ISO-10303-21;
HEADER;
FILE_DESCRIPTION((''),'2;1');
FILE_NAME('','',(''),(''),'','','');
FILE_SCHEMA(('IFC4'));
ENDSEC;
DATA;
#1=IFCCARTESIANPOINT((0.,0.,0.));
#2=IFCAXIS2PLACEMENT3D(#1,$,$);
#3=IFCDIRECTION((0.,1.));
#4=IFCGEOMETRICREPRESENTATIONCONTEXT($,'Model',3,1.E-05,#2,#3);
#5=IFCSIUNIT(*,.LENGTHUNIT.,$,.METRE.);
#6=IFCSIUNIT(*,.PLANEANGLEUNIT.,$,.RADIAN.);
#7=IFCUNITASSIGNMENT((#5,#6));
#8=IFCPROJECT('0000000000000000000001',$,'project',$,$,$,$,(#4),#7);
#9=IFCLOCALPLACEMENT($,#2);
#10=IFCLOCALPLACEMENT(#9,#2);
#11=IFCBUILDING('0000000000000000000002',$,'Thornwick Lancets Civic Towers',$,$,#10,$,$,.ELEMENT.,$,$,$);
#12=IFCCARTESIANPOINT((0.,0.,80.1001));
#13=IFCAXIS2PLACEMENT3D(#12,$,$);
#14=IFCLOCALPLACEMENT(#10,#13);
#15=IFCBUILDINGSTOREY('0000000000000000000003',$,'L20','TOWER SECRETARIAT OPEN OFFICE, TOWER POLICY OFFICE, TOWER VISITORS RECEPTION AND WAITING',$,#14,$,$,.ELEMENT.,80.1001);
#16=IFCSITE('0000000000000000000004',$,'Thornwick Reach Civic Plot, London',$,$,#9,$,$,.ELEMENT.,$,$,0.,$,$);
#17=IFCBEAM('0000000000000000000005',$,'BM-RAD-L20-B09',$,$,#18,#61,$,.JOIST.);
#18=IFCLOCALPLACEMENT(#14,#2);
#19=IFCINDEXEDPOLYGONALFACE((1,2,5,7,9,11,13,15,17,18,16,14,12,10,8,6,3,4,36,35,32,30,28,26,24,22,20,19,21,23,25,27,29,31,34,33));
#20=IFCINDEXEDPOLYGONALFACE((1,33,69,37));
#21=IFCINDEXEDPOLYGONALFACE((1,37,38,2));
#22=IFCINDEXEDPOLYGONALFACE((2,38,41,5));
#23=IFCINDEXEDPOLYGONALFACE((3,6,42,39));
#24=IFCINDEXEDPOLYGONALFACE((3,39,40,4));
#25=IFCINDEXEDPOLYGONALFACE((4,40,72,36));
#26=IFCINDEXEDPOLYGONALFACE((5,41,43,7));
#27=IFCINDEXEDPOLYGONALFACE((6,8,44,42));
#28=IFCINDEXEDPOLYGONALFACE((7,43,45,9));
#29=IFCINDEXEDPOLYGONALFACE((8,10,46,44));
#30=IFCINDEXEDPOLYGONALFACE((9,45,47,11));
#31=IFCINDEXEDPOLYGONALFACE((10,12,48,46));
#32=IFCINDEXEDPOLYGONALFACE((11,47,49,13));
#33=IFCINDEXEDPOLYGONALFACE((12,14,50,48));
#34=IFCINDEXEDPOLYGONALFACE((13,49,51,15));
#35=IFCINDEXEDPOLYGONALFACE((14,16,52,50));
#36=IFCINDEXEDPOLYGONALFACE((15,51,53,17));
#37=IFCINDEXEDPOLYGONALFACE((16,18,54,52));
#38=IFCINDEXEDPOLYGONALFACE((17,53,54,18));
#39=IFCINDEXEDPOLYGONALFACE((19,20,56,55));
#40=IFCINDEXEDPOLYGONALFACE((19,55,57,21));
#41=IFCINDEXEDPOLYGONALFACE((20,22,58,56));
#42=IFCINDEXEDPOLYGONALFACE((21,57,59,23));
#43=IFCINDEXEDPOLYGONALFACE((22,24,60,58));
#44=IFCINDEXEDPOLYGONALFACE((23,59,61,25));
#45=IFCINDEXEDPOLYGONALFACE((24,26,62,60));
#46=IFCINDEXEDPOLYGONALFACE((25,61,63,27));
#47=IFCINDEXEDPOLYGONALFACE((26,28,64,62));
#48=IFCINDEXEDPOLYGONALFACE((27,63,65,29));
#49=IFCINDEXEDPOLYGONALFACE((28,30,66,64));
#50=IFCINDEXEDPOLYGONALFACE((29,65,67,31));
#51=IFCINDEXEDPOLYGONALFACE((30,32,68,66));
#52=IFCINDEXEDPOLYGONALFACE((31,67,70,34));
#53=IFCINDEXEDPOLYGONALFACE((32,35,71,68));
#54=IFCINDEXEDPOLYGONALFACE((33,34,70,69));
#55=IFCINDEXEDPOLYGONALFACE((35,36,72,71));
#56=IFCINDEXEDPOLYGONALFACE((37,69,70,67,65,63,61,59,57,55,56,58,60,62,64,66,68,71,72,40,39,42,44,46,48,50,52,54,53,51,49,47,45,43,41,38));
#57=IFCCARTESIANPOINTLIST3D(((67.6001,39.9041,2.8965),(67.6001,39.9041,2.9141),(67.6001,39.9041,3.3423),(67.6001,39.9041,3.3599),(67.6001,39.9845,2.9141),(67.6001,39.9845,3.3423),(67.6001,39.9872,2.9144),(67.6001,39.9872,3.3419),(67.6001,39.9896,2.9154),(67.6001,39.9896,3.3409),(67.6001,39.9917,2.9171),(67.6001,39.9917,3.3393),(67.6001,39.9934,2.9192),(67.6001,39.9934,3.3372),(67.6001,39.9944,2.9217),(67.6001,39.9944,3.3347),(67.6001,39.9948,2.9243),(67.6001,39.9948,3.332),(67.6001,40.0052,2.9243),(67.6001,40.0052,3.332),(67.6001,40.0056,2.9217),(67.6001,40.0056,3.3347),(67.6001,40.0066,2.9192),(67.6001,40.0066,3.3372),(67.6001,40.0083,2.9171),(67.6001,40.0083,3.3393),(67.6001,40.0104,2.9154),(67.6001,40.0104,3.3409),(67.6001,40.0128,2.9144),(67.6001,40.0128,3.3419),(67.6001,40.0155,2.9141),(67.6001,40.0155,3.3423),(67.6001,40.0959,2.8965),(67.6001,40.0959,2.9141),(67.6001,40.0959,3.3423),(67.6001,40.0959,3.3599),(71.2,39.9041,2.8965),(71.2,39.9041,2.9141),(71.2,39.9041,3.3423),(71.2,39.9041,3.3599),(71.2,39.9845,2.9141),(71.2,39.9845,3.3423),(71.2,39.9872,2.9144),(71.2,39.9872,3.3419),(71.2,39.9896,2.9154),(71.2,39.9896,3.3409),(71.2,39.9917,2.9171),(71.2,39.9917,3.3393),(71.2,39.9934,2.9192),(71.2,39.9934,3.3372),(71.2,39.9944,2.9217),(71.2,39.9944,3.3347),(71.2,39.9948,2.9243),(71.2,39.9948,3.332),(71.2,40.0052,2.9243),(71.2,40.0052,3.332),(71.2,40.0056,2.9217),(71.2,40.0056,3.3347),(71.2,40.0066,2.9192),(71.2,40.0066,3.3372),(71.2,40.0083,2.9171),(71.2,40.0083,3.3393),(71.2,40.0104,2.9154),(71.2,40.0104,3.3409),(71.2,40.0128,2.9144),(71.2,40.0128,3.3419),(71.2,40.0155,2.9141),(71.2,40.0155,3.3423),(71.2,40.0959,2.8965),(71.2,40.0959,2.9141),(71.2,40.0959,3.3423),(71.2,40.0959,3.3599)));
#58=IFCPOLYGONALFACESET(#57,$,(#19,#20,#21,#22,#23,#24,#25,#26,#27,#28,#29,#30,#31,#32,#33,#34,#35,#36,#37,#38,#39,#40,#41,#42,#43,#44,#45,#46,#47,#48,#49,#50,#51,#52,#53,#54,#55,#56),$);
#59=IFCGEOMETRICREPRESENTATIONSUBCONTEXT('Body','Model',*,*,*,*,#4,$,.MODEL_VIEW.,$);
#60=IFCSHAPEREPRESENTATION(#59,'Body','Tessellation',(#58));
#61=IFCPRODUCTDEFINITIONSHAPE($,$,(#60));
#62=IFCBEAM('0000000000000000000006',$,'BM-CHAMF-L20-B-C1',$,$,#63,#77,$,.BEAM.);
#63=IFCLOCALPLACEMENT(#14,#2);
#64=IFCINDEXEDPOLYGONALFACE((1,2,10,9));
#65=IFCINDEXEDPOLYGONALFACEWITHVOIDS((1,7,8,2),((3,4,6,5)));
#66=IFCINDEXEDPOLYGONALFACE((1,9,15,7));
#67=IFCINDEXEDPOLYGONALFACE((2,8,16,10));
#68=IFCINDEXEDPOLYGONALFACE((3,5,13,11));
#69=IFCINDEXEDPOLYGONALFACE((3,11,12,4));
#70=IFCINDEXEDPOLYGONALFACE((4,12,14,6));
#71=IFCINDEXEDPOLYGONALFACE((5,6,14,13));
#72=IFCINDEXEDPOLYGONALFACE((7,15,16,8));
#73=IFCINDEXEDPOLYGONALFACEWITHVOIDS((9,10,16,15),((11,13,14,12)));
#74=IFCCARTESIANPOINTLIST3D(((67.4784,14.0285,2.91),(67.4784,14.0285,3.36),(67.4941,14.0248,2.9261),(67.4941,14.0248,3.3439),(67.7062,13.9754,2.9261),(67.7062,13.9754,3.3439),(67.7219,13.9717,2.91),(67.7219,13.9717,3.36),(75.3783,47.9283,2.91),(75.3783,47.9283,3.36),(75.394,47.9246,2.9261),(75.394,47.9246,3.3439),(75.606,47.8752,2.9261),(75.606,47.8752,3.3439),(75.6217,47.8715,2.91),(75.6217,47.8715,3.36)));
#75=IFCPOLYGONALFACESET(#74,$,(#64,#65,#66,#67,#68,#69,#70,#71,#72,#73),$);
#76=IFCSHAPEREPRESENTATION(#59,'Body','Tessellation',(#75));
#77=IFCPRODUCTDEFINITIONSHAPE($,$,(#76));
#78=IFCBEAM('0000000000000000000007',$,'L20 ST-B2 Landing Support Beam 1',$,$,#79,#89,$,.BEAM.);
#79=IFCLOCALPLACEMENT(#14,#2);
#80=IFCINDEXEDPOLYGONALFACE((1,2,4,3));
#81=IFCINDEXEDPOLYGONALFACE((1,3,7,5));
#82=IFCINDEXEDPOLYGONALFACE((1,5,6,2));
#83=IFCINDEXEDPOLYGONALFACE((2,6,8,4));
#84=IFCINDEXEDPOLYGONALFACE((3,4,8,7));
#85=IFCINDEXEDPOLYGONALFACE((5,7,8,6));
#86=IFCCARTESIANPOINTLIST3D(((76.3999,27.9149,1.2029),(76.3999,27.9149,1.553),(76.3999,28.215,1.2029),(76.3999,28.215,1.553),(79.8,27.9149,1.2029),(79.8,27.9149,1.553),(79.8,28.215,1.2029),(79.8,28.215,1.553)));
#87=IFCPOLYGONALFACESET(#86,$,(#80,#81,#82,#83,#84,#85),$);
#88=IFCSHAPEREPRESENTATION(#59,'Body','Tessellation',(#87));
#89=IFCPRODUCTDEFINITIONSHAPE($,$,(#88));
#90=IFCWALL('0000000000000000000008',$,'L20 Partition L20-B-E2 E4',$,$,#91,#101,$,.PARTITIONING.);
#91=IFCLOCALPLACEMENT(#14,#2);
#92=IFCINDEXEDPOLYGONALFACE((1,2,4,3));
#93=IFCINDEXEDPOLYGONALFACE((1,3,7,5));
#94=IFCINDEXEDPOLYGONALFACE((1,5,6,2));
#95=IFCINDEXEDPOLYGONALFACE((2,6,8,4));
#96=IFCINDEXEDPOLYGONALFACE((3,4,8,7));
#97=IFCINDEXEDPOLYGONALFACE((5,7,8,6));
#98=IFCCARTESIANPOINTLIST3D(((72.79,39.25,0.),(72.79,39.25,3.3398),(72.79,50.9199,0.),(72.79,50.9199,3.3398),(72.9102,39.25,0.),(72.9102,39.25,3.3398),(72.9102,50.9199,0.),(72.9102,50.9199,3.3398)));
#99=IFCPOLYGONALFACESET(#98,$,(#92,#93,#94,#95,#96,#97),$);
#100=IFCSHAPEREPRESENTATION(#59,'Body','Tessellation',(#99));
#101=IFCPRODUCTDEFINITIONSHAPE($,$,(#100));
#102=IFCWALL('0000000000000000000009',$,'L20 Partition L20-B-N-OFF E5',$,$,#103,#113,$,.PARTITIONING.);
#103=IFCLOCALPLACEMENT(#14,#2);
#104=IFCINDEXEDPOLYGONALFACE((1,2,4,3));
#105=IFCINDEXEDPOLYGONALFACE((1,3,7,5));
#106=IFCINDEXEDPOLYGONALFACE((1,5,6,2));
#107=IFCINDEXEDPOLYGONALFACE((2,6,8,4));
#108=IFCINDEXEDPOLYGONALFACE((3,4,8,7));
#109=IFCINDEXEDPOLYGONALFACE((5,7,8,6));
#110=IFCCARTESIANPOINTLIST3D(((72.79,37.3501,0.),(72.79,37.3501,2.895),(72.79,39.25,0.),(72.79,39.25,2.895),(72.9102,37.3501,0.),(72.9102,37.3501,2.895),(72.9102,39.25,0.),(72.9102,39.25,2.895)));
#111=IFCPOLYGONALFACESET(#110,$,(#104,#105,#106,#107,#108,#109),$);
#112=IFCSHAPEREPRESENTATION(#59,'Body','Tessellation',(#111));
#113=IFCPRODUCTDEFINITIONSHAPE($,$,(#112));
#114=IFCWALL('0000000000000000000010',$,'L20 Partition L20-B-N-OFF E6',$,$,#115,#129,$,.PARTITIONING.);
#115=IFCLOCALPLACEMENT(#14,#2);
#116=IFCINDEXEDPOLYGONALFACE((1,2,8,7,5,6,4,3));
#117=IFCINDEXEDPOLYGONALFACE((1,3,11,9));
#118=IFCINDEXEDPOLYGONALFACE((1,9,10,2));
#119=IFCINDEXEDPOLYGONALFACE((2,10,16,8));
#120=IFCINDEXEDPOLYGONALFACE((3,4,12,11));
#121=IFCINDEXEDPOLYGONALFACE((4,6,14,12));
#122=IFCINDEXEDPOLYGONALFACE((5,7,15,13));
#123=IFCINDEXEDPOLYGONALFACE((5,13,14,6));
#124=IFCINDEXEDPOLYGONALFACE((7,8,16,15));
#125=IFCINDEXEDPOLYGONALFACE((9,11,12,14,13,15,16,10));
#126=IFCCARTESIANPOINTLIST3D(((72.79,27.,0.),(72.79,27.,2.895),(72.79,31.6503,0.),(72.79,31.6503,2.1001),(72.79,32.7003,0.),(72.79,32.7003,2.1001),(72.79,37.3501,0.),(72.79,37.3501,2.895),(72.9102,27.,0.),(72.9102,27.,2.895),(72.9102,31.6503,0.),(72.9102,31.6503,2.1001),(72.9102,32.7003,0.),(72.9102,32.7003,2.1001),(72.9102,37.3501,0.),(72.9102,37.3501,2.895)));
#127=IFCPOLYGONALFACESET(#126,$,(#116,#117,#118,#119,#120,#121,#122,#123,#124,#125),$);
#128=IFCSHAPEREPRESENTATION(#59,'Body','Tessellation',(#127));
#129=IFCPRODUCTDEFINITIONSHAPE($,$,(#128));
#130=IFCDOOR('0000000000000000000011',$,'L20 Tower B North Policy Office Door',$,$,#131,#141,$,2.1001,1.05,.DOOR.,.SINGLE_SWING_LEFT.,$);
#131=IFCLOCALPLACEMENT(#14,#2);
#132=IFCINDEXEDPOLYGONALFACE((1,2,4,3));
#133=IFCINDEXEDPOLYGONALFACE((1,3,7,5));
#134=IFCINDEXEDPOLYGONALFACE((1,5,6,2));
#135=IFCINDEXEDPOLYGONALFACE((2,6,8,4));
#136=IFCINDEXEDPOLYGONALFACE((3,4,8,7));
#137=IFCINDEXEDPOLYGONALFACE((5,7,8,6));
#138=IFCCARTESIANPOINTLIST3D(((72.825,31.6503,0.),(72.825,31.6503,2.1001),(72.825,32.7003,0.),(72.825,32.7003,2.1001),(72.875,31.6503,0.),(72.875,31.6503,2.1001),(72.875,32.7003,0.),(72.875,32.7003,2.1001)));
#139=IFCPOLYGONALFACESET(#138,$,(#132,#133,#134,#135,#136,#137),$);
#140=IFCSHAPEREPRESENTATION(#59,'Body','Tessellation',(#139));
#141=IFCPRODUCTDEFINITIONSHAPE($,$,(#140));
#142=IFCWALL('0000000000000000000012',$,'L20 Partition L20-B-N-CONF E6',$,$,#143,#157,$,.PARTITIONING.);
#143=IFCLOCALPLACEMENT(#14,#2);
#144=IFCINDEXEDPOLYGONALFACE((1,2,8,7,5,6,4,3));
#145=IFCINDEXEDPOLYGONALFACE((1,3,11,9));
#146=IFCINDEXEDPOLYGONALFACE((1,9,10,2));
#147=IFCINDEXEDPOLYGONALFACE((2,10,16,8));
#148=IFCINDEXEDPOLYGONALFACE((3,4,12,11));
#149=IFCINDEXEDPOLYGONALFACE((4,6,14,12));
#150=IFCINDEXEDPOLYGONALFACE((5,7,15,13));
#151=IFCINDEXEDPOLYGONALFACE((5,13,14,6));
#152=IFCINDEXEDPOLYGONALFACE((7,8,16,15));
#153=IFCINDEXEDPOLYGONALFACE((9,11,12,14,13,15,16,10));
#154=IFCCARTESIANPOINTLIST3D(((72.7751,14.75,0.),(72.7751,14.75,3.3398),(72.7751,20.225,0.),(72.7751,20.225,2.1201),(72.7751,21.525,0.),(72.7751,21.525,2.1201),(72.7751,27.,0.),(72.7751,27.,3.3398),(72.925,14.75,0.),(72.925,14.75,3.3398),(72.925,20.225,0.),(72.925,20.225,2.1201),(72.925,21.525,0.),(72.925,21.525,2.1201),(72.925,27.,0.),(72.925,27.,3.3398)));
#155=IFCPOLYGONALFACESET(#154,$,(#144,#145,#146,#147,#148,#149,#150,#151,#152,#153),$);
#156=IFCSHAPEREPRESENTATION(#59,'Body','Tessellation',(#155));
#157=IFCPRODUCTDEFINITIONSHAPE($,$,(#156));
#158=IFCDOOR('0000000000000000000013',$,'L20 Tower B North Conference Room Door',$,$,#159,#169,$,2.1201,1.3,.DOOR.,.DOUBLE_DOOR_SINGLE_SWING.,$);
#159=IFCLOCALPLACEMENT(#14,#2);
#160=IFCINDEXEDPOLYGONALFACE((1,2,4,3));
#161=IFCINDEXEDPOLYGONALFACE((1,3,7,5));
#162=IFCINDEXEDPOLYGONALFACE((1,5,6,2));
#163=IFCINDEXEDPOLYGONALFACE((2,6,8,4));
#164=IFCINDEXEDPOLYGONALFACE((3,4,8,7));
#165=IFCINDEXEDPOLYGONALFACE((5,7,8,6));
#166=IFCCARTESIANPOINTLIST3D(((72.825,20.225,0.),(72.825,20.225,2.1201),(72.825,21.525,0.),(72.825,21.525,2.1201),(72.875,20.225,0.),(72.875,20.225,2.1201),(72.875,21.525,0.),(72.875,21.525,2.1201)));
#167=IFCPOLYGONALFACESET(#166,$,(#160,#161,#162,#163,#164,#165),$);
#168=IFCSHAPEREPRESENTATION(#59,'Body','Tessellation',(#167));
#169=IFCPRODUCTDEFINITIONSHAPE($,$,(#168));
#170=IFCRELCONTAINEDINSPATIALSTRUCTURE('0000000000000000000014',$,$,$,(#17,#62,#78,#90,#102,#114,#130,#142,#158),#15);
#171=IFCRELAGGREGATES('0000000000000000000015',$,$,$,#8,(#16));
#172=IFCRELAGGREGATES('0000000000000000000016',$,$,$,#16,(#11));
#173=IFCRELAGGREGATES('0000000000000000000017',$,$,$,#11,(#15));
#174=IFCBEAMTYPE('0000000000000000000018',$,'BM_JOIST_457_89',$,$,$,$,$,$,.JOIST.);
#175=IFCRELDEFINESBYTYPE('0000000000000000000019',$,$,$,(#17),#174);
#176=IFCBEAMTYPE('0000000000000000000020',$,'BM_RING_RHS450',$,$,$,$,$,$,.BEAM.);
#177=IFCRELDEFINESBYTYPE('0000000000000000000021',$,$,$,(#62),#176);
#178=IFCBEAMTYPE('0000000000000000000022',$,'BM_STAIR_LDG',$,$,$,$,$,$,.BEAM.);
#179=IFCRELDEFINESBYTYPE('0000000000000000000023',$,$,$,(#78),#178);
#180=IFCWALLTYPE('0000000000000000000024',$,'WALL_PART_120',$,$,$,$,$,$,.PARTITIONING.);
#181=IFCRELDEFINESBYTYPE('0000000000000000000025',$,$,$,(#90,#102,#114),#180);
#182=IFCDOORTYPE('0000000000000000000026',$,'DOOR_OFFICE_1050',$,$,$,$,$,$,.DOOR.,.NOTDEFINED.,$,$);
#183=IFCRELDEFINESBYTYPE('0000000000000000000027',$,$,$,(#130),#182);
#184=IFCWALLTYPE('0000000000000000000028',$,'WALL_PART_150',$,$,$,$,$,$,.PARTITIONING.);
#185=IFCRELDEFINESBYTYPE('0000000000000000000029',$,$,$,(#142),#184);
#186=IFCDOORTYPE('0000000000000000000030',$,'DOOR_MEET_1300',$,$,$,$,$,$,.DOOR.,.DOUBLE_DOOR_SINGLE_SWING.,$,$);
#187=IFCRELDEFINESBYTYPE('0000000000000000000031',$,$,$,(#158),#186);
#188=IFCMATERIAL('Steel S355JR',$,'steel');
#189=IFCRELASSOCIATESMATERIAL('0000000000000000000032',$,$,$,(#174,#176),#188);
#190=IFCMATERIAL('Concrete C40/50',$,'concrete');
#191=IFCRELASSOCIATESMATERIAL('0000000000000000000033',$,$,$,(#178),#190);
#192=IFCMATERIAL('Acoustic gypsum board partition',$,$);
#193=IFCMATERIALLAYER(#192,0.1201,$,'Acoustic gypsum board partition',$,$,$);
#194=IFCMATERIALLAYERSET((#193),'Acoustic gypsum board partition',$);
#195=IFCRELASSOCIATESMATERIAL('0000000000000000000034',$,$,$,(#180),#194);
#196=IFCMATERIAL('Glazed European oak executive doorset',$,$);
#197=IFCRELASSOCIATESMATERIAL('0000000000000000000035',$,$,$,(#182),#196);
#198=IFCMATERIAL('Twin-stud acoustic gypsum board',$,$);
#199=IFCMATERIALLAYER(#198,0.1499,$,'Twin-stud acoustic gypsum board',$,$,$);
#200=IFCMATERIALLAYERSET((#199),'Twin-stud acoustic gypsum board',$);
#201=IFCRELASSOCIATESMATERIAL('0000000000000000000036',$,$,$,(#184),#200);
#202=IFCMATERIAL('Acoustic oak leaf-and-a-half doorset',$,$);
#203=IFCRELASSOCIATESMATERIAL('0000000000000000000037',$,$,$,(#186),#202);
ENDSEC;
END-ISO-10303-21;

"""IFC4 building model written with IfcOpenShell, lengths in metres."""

from ifc_helpers import new_model, si_unit, direction, frame, frame_2d, origin, origin_2d, place, context, subcontext, project, spatial, rectangle, hollow_rectangle, i_section, extrude, material, layer, layer_set, material_profile, profile_set, type_object, element, fill, save


model = new_model("IFC4")

# Units and contexts
model_context = context("Model", 3, precision=1e-05, world=origin(), true_north=direction((0.0, 1.0)))
body_context = subcontext(model_context, "Body", "Model", "MODEL_VIEW")
ifc_project = project(units=[si_unit("LENGTHUNIT", "METRE"), si_unit("PLANEANGLEUNIT", "RADIAN")], contexts=[model_context])

# Site, building, storey
site_placement = place(None, origin())
site = spatial("IfcSite", under=ifc_project, at=site_placement, Name="Thornwick Reach Civic Plot, London", CompositionType="ELEMENT", RefElevation=0.0)
building_placement = place(site_placement, origin())
building = spatial("IfcBuilding", under=site, at=building_placement, Name="Thornwick Lancets Civic Towers", CompositionType="ELEMENT")
storey_placement = place(building_placement, frame((0.0, 0.0, 80.1001)))
storey = spatial("IfcBuildingStorey", under=building, at=storey_placement, Name="L20", Description="TOWER SECRETARIAT OPEN OFFICE, TOWER POLICY OFFICE, TOWER VISITORS RECEPTION AND WAITING", CompositionType="ELEMENT", Elevation=80.1001)

# Beams
ifc_material_1 = material(Name="Steel S355JR", Category="steel")
ifc_material_profile_1 = material_profile(ifc_material_1, i_section(OverallWidth=0.1919, OverallDepth=0.4634, WebThickness=0.0105, FlangeThickness=0.0176, FilletRadius=0.0103, at=origin_2d()), Name="UKB 457x191x89")
ifc_profile_set_1 = profile_set([ifc_material_profile_1], Name="Steel S355JR")
beam_type_1 = type_object("IfcBeamType", Name="BM_JOIST_457_89", PredefinedType="JOIST", material=ifc_profile_set_1)
for number, where, z_axis, x_axis, name in (
    (1, (71.2, 40.0, 3.1282), (-1.0, 0.0, 0.0), (0.0, -1.0, 0.0), "BM-RAD-L20-B09"),
):
    element("IfcBeam", number, at=place(storey_placement, frame(where, z_axis=z_axis, x_axis=x_axis)), inside=storey, type_object=beam_type_1, Name=name, PredefinedType="JOIST", context=body_context, shape_type="SweptSolid", body=[
        extrude(i_section(OverallWidth=0.1919, OverallDepth=0.4634, WebThickness=0.0105, FlangeThickness=0.0176, FilletRadius=0.0103, at=origin_2d()), origin(), (0.0, 0.0, 1.0), 3.5999),
    ])
ifc_material_profile_2 = material_profile(ifc_material_1, hollow_rectangle(XDim=0.25, YDim=0.45, WallThickness=0.0161, at=origin_2d()), Name="RHS 450x250x16")
ifc_profile_set_2 = profile_set([ifc_material_profile_2], Name="Steel S355JR")
beam_type_2 = type_object("IfcBeamType", Name="BM_RING_RHS450", PredefinedType="BEAM", material=ifc_profile_set_2)
beam_1_placement = place(storey_placement, frame((75.5, 47.8999, 3.135), z_axis=(-0.226955, -0.973905, 0.0), x_axis=(0.973905, -0.226955, 0.0)))
element("IfcBeam", 2, at=beam_1_placement, inside=storey, type_object=beam_type_2, Name="BM-CHAMF-L20-B-C1", PredefinedType="BEAM", context=body_context, shape_type="SweptSolid", body=[
    extrude(hollow_rectangle(XDim=0.25, YDim=0.45, WallThickness=0.0161, at=origin_2d()), origin(), (0.0, 0.0, 1.0), 34.8081),
])
ifc_material_2 = material(Name="Concrete C40/50", Category="concrete")
ifc_material_profile_3 = material_profile(ifc_material_2, rectangle(XDim=0.3, YDim=0.3501, at=origin_2d()), Name="RC 300x350")
ifc_profile_set_3 = profile_set([ifc_material_profile_3], Name="Concrete C40/50")
beam_type_3 = type_object("IfcBeamType", Name="BM_STAIR_LDG", PredefinedType="BEAM", material=ifc_profile_set_3)
beam_2_placement = place(storey_placement, frame((76.3999, 28.0649, 1.3779), z_axis=(1.0, 0.0, 0.0), x_axis=(0.0, 1.0, 0.0)))
element("IfcBeam", 3, at=beam_2_placement, inside=storey, type_object=beam_type_3, Name="L20 ST-B2 Landing Support Beam 1", PredefinedType="BEAM", context=body_context, shape_type="SweptSolid", body=[
    extrude(rectangle(XDim=0.3, YDim=0.3501, at=origin_2d()), origin(), (0.0, 0.0, 1.0), 3.4001),
])

# Walls
ifc_material_3 = material(Name="Acoustic gypsum board partition")
ifc_layer_1 = layer(ifc_material_3, 0.1201, Name="Acoustic gypsum board partition")
ifc_layer_set_1 = layer_set([ifc_layer_1], Name="Acoustic gypsum board partition")
wall_type_1 = type_object("IfcWallType", Name="WALL_PART_120", PredefinedType="PARTITIONING", material=ifc_layer_set_1)
wall_1_placement = place(storey_placement, frame((72.8501, 39.25, 0.0), z_axis=(0.0, 0.0, 1.0), x_axis=(0.0, 1.0, 0.0)))
element("IfcWall", 4, at=wall_1_placement, inside=storey, type_object=wall_type_1, Name="L20 Partition L20-B-E2 E4", PredefinedType="PARTITIONING", context=body_context, shape_type="SweptSolid", body=[
    extrude(rectangle(XDim=11.6699, YDim=0.1201, at=frame_2d((5.835, 0.0))), origin(), (0.0, 0.0, 1.0), 3.3398),
])
wall_2_placement = place(storey_placement, frame((72.8501, 39.25, 0.0), z_axis=(0.0, 0.0, 1.0), x_axis=(0.0, -1.0, 0.0)))
element("IfcWall", 5, at=wall_2_placement, inside=storey, type_object=wall_type_1, Name="L20 Partition L20-B-N-OFF E5", PredefinedType="PARTITIONING", context=body_context, shape_type="SweptSolid", body=[
    extrude(rectangle(XDim=1.8999, YDim=0.1201, at=frame_2d((0.95, 0.0))), origin(), (0.0, 0.0, 1.0), 2.895),
])

# Walls, openings, doors
wall_3_placement = place(storey_placement, frame((72.8501, 37.3501, 0.0), z_axis=(0.0, 0.0, 1.0), x_axis=(0.0, -1.0, 0.0)))
wall_3 = element("IfcWall", 6, at=wall_3_placement, inside=storey, type_object=wall_type_1, Name="L20 Partition L20-B-N-OFF E6", PredefinedType="PARTITIONING", context=body_context, shape_type="SweptSolid", body=[
    extrude(rectangle(XDim=10.3501, YDim=0.1201, at=frame_2d((5.175, 0.0))), origin(), (0.0, 0.0, 1.0), 2.895),
])
opening_1_placement = place(wall_3_placement, frame((4.6499, 0.0, 0.0)))
opening_1 = element("IfcOpeningElement", 7, at=opening_1_placement, cuts=wall_3, PredefinedType="OPENING", context=body_context, shape_type="SweptSolid", body=[
    extrude(rectangle(XDim=1.05, YDim=2.1001, at=frame_2d((0.5249, 1.05))), frame((0.0, 0.0701, 0.0), z_axis=(0.0, -1.0, 0.0), x_axis=(1.0, 0.0, 0.0)), (0.0, 0.0, 1.0), 0.1401),
])
ifc_material_4 = material(Name="Glazed European oak executive doorset")
door_type_1 = type_object("IfcDoorType", Name="DOOR_OFFICE_1050", OperationType="NOTDEFINED", PredefinedType="DOOR", material=ifc_material_4)
door_1_placement = place(opening_1_placement, origin())
door_1 = element("IfcDoor", 8, at=door_1_placement, inside=storey, type_object=door_type_1, Name="L20 Tower B North Policy Office Door", OperationType="SINGLE_SWING_LEFT", OverallHeight=2.1001, OverallWidth=1.05, PredefinedType="DOOR", context=body_context, shape_type="SweptSolid", body=[
    extrude(rectangle(XDim=1.05, YDim=2.1001, at=frame_2d((0.5249, 1.05))), frame((0.0, 0.0249, 0.0), z_axis=(0.0, -1.0, 0.0), x_axis=(1.0, 0.0, 0.0)), (0.0, 0.0, 1.0), 0.05),
])
fill(opening_1, door_1)
ifc_material_5 = material(Name="Twin-stud acoustic gypsum board")
ifc_layer_2 = layer(ifc_material_5, 0.1499, Name="Twin-stud acoustic gypsum board")
ifc_layer_set_2 = layer_set([ifc_layer_2], Name="Twin-stud acoustic gypsum board")
wall_type_2 = type_object("IfcWallType", Name="WALL_PART_150", PredefinedType="PARTITIONING", material=ifc_layer_set_2)
wall_4_placement = place(storey_placement, frame((72.8501, 27.0, 0.0), z_axis=(0.0, 0.0, 1.0), x_axis=(0.0, -1.0, 0.0)))
wall_4 = element("IfcWall", 9, at=wall_4_placement, inside=storey, type_object=wall_type_2, Name="L20 Partition L20-B-N-CONF E6", PredefinedType="PARTITIONING", context=body_context, shape_type="SweptSolid", body=[
    extrude(rectangle(XDim=12.25, YDim=0.1499, at=frame_2d((6.125, 0.0))), origin(), (0.0, 0.0, 1.0), 3.3398),
])
opening_2_placement = place(wall_4_placement, frame((5.4751, 0.0, 0.0)))
opening_2 = element("IfcOpeningElement", 10, at=opening_2_placement, cuts=wall_4, PredefinedType="OPENING", context=body_context, shape_type="SweptSolid", body=[
    extrude(rectangle(XDim=1.3, YDim=2.1201, at=frame_2d((0.6499, 1.0601))), frame((0.0, 0.085, 0.0), z_axis=(0.0, -1.0, 0.0), x_axis=(1.0, 0.0, 0.0)), (0.0, 0.0, 1.0), 0.1699),
])
ifc_material_6 = material(Name="Acoustic oak leaf-and-a-half doorset")
door_type_2 = type_object("IfcDoorType", Name="DOOR_MEET_1300", OperationType="DOUBLE_DOOR_SINGLE_SWING", PredefinedType="DOOR", material=ifc_material_6)
door_2_placement = place(opening_2_placement, origin())
door_2 = element("IfcDoor", 11, at=door_2_placement, inside=storey, type_object=door_type_2, Name="L20 Tower B North Conference Room Door", OperationType="DOUBLE_DOOR_SINGLE_SWING", OverallHeight=2.1201, OverallWidth=1.3, PredefinedType="DOOR", context=body_context, shape_type="SweptSolid", body=[
    extrude(rectangle(XDim=1.3, YDim=2.1201, at=frame_2d((0.6499, 1.0601))), frame((0.0, 0.0249, 0.0), z_axis=(0.0, -1.0, 0.0), x_axis=(1.0, 0.0, 0.0)), (0.0, 0.0, 1.0), 0.05),
])
fill(opening_2, door_2)

save(model, "model.ifc")
